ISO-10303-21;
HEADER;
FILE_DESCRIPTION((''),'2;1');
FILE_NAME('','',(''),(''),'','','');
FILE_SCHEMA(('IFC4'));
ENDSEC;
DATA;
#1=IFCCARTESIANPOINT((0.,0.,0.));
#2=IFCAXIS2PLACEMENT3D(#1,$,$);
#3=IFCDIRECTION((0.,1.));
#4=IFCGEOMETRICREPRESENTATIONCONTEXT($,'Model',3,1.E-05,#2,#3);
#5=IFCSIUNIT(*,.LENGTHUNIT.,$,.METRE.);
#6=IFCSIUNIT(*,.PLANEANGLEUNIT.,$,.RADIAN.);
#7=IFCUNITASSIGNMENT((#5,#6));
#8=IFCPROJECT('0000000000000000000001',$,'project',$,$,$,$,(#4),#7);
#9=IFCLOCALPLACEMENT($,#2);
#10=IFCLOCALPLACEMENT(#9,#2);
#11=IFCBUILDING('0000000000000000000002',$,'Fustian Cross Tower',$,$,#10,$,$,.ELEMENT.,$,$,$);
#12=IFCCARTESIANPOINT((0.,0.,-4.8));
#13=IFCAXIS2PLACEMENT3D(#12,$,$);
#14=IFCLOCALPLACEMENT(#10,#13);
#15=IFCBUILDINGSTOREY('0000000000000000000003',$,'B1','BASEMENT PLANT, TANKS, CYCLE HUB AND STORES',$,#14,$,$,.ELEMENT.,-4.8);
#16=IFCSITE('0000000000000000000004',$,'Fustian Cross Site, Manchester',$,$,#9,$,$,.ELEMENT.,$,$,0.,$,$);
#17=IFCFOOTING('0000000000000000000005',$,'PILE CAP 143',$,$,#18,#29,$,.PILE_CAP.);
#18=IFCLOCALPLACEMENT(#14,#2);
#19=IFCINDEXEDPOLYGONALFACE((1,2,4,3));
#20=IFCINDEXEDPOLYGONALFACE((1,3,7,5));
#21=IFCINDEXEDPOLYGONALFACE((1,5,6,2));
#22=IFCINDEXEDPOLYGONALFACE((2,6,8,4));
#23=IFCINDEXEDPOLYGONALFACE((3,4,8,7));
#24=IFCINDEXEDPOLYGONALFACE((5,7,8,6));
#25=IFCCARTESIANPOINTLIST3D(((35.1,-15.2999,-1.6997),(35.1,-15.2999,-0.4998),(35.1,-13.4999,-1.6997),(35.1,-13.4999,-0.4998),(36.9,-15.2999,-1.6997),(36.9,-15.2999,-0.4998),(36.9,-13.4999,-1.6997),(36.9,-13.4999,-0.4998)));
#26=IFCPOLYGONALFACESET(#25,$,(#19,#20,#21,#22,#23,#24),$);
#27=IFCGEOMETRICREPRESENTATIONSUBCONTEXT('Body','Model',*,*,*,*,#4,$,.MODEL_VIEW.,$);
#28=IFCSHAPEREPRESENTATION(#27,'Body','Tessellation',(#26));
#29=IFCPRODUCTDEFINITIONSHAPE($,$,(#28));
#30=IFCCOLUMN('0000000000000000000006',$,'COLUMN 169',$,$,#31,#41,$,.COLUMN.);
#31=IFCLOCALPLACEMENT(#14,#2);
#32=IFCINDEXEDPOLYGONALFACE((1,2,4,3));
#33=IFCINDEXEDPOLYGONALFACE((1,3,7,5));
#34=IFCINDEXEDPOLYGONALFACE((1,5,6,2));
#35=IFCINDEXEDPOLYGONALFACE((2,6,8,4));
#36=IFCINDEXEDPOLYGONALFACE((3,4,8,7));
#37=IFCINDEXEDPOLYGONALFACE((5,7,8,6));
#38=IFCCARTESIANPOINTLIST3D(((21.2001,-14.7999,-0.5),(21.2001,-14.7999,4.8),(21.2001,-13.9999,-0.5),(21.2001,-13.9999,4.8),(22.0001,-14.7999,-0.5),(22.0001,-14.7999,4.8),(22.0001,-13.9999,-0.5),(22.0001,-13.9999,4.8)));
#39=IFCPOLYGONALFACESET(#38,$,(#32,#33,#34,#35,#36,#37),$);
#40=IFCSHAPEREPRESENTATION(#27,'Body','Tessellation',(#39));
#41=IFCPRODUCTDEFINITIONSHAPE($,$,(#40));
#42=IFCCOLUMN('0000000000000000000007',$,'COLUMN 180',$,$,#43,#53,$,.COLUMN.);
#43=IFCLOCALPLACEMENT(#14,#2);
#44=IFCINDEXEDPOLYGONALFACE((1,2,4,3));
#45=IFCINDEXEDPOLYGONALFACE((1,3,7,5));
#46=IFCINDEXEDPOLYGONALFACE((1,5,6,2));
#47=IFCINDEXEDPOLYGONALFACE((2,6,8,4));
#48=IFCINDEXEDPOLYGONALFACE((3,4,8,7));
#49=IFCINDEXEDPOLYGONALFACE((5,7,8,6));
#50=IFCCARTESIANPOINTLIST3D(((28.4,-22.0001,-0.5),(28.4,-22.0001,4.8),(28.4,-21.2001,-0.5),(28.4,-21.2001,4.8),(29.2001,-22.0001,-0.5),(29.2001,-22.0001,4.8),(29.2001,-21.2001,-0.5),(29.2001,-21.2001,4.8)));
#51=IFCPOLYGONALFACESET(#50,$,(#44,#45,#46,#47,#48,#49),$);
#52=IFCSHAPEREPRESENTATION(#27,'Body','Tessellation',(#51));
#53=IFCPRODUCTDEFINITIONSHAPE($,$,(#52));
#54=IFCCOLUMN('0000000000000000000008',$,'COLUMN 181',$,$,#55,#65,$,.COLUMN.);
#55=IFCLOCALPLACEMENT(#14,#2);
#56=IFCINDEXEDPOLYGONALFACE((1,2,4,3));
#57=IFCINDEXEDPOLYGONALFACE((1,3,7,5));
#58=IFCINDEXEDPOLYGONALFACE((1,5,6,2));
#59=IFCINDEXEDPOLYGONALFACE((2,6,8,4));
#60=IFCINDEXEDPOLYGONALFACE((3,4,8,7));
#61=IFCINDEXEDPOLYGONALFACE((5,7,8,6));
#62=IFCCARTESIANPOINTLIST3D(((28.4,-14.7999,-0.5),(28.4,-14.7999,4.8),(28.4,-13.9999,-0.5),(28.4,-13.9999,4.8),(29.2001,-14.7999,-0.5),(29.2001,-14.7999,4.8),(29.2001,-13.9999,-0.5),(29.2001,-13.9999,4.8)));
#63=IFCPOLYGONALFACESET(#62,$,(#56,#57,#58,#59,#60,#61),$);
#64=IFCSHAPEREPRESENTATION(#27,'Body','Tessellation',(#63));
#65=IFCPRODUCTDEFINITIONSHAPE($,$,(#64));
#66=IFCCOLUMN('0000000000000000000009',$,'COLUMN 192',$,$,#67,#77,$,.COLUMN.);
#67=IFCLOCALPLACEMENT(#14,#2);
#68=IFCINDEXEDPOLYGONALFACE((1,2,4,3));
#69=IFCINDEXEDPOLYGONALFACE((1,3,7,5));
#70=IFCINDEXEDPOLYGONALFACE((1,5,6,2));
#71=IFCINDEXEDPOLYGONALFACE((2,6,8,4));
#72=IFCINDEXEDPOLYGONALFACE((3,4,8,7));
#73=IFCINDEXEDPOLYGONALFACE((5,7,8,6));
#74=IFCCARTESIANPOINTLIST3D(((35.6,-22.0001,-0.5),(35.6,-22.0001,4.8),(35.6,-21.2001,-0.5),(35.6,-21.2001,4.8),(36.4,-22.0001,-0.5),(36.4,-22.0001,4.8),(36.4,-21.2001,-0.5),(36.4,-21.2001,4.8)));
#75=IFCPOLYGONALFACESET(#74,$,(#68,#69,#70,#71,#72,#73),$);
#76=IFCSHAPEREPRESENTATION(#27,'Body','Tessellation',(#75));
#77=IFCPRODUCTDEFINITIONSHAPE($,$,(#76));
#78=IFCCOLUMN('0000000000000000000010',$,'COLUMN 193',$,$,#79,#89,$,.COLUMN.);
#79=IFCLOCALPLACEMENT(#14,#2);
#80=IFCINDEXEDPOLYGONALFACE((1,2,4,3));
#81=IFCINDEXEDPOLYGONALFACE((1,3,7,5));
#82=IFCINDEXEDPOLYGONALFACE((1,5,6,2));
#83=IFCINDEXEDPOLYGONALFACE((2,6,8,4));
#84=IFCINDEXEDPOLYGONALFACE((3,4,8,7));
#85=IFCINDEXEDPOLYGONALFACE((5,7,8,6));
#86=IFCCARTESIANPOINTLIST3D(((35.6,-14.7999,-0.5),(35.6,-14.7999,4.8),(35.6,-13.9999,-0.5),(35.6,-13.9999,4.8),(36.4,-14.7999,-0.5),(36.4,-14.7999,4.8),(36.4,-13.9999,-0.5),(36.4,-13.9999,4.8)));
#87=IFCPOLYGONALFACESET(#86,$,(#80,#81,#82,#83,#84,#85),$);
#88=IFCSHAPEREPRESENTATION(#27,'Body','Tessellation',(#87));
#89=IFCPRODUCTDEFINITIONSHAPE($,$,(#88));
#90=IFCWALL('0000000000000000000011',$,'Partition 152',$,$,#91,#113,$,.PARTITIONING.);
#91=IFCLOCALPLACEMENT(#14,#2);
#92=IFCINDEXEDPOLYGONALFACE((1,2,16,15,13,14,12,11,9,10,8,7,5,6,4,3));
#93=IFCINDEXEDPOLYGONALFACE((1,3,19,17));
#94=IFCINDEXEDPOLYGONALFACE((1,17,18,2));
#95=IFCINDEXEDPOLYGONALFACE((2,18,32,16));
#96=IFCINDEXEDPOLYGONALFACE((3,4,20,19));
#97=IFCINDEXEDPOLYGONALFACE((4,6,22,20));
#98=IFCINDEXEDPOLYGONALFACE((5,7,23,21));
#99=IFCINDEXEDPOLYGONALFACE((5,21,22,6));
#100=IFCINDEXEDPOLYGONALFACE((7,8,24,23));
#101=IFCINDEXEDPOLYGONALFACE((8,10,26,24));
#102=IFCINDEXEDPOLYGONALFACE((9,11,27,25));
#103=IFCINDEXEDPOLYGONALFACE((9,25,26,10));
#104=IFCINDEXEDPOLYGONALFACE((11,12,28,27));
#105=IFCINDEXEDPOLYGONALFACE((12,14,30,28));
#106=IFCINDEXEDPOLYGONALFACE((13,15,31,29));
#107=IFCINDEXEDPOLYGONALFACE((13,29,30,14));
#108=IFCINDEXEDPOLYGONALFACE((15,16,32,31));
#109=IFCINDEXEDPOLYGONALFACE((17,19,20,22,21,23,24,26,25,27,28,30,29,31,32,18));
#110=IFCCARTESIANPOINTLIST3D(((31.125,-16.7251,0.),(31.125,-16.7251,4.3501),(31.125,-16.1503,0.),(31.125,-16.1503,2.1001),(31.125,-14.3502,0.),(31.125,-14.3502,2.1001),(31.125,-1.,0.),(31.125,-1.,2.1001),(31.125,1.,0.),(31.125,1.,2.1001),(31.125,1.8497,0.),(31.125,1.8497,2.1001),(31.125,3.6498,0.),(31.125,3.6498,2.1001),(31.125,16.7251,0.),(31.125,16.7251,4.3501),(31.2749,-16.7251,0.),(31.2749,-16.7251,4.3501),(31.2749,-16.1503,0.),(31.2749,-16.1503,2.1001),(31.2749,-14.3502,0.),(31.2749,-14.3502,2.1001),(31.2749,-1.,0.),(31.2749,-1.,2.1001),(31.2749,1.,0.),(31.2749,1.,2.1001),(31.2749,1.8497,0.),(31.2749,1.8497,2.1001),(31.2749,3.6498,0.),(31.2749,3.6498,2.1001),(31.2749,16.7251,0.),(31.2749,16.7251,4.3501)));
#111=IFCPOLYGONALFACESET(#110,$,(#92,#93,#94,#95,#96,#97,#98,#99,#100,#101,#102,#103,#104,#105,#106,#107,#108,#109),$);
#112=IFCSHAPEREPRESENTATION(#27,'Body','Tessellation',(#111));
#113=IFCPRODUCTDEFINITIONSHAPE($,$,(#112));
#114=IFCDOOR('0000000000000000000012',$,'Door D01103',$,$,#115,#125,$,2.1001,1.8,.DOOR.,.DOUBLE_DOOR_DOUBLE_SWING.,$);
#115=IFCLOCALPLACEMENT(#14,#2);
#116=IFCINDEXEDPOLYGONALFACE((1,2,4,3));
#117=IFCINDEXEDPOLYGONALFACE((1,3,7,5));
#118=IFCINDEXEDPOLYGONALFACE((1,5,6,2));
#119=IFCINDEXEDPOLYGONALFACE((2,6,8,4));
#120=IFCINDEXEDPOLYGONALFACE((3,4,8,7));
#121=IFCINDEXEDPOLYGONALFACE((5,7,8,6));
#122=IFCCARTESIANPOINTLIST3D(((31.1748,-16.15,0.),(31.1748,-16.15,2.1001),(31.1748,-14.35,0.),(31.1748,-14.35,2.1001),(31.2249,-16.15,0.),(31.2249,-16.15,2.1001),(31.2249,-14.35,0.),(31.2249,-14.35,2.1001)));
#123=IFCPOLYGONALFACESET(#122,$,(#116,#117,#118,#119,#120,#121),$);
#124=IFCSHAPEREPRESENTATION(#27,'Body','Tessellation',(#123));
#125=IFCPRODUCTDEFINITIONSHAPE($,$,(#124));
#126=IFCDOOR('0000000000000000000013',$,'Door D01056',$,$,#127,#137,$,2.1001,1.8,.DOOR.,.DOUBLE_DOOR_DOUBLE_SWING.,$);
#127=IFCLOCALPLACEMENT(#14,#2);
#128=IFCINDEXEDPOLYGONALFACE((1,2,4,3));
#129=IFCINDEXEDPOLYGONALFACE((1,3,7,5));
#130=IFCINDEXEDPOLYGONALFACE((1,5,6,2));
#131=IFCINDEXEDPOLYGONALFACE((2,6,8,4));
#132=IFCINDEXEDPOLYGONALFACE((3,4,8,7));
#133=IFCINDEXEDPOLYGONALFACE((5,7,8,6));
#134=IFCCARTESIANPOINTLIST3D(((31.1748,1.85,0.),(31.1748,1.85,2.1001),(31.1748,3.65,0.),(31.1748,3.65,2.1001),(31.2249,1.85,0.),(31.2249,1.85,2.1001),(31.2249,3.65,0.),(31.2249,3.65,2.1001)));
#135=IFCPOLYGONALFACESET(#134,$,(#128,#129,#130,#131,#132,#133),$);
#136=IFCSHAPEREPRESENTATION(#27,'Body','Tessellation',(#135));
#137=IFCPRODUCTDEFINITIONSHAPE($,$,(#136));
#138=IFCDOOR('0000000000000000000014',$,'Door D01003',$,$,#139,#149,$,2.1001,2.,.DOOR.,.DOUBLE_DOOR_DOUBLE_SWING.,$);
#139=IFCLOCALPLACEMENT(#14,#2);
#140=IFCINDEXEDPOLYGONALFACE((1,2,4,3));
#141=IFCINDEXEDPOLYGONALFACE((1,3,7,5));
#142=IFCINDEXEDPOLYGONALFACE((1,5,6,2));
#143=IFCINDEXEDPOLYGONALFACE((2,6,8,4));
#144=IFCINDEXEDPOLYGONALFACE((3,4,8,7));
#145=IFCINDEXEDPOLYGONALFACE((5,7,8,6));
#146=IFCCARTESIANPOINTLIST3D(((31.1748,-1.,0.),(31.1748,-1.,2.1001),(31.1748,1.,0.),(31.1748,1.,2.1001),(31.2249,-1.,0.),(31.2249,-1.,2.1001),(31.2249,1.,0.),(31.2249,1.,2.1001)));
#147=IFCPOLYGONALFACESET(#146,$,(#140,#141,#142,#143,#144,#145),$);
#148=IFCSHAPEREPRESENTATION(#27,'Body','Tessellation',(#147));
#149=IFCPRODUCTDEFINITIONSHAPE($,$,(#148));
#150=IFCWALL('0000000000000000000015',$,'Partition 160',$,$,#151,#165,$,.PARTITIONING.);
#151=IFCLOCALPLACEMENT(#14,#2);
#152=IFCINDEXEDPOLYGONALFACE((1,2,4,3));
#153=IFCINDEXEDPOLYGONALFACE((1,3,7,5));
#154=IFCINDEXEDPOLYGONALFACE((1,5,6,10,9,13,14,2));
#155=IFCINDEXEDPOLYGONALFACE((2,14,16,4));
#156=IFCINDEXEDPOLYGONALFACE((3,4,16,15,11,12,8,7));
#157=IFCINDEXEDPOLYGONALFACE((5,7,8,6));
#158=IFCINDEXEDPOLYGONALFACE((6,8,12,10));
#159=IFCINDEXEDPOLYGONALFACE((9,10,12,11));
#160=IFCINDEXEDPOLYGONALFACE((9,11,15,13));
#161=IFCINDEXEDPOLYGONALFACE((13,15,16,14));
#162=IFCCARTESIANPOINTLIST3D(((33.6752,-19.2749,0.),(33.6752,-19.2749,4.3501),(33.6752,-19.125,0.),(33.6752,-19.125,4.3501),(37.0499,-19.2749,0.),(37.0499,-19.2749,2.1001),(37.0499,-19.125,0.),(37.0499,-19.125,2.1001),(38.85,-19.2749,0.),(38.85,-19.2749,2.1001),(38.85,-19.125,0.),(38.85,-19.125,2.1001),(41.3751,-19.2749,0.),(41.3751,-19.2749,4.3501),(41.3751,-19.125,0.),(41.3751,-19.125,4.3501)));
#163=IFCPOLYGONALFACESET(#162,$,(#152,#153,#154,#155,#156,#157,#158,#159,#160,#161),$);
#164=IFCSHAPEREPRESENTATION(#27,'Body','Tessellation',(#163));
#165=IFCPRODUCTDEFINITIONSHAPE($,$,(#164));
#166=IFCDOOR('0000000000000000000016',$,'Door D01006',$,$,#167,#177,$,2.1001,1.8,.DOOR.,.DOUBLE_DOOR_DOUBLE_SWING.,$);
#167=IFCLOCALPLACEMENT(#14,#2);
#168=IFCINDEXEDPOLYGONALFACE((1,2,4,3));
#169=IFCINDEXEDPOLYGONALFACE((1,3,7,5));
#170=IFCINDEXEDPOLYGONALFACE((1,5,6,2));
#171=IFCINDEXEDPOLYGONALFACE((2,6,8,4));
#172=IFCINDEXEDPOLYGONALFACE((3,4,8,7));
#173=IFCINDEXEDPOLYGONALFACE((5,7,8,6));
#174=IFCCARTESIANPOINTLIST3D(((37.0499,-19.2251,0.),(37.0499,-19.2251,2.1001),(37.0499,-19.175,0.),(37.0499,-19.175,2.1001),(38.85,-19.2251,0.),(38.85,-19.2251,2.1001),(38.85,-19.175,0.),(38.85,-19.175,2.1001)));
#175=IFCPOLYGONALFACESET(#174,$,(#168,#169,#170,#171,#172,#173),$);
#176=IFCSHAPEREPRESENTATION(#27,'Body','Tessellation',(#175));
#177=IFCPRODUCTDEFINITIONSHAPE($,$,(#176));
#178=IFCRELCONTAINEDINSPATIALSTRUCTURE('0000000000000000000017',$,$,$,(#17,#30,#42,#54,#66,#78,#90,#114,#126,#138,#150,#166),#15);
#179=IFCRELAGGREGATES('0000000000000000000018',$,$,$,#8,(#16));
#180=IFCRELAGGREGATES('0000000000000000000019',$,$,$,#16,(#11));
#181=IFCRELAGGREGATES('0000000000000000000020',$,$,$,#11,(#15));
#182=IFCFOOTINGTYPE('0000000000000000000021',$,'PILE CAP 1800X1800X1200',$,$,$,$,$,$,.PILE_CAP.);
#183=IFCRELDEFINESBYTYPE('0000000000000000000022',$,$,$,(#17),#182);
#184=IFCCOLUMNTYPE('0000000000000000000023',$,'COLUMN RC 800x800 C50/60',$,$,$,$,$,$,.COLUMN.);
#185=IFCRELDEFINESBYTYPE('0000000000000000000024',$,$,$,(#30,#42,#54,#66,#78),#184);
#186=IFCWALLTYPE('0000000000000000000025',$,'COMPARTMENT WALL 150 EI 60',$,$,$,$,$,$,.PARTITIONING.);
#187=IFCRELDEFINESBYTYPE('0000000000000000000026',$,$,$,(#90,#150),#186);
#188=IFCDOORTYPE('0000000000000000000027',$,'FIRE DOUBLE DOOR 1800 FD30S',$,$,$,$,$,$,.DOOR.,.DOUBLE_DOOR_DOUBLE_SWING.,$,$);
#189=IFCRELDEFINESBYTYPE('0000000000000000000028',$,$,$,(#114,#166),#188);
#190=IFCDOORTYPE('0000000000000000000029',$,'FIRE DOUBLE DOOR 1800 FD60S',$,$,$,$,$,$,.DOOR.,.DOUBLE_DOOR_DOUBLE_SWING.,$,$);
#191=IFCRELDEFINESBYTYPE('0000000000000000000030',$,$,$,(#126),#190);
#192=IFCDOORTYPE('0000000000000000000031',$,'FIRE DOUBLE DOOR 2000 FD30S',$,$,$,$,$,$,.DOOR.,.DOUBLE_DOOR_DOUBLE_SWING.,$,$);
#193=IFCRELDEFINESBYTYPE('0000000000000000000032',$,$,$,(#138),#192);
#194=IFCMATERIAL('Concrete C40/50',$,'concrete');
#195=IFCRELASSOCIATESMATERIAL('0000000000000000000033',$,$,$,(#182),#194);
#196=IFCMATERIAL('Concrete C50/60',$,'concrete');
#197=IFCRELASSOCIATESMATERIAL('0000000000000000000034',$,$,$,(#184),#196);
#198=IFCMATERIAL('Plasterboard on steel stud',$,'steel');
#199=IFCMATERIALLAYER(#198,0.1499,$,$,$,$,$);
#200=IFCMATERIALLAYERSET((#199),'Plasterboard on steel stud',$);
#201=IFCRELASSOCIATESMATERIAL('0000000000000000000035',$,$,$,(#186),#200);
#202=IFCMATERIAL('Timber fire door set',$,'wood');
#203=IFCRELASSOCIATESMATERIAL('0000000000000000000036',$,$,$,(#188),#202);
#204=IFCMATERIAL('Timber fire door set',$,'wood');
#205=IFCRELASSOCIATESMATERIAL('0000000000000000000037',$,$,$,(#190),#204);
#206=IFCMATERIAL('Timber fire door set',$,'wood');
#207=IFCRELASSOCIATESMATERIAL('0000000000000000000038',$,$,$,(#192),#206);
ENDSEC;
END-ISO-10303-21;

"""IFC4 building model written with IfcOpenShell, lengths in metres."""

from ifc_helpers import new_model, si_unit, direction, frame, frame_2d, origin, origin_2d, place, context, subcontext, project, spatial, rectangle, extrude, material, layer, layer_set, material_profile, profile_set, type_object, element, fill, save


model = new_model("IFC4")

# Units and contexts
model_context = context("Model", 3, precision=1e-05, world=origin(), true_north=direction((0.0, 1.0)))
body_context = subcontext(model_context, "Body", "Model", "MODEL_VIEW")
ifc_project = project(units=[si_unit("LENGTHUNIT", "METRE"), si_unit("PLANEANGLEUNIT", "RADIAN")], contexts=[model_context])

# Site, building, storey
site_placement = place(None, origin())
site = spatial("IfcSite", under=ifc_project, at=site_placement, Name="Fustian Cross Site, Manchester", CompositionType="ELEMENT", RefElevation=0.0)
building_placement = place(site_placement, origin())
building = spatial("IfcBuilding", under=site, at=building_placement, Name="Fustian Cross Tower", CompositionType="ELEMENT")
storey_placement = place(building_placement, frame((0.0, 0.0, -4.8)))
storey = spatial("IfcBuildingStorey", under=building, at=storey_placement, Name="B1", Description="BASEMENT PLANT, TANKS, CYCLE HUB AND STORES", CompositionType="ELEMENT", Elevation=-4.8)

# Footing
ifc_material_1 = material(Name="Concrete C40/50", Category="concrete")
footing_type = type_object("IfcFootingType", Name="PILE CAP 1800X1800X1200", PredefinedType="PILE_CAP", material=ifc_material_1)
for number, where, z_axis, x_axis, name in (
    (1, (36.0, -14.3999, -1.6997), (0.0, 0.0, 1.0), (1.0, 0.0, 0.0), "PILE CAP 143"),
):
    element("IfcFooting", number, at=place(storey_placement, frame(where, z_axis=z_axis, x_axis=x_axis)), inside=storey, type_object=footing_type, Name=name, PredefinedType="PILE_CAP", context=body_context, shape_type="SweptSolid", body=[
        extrude(rectangle(XDim=1.8, YDim=1.8, at=origin_2d()), origin(), (0.0, 0.0, 1.0), 1.2),
    ])

# Columns
ifc_material_2 = material(Name="Concrete C50/60", Category="concrete")
ifc_material_profile_1 = material_profile(ifc_material_2, rectangle(XDim=0.8, YDim=0.8, at=origin_2d()), Name="RC 800x800")
ifc_profile_set_1 = profile_set([ifc_material_profile_1], Name="Concrete C50/60")
column_type = type_object("IfcColumnType", Name="COLUMN RC 800x800 C50/60", PredefinedType="COLUMN", material=ifc_profile_set_1)
for number, where, z_axis, x_axis, name in (
    (2, (21.6001, -14.3999, -0.5), (0.0, 0.0, 1.0), (1.0, 0.0, 0.0), "COLUMN 169"),
    (3, (28.8, -21.6001, -0.5), (0.0, 0.0, 1.0), (1.0, 0.0, 0.0), "COLUMN 180"),
    (4, (28.8, -14.3999, -0.5), (0.0, 0.0, 1.0), (1.0, 0.0, 0.0), "COLUMN 181"),
    (5, (36.0, -21.6001, -0.5), (0.0, 0.0, 1.0), (1.0, 0.0, 0.0), "COLUMN 192"),
    (6, (36.0, -14.3999, -0.5), (0.0, 0.0, 1.0), (1.0, 0.0, 0.0), "COLUMN 193"),
):
    element("IfcColumn", number, at=place(storey_placement, frame(where, z_axis=z_axis, x_axis=x_axis)), inside=storey, type_object=column_type, Name=name, PredefinedType="COLUMN", context=body_context, shape_type="SweptSolid", body=[
        extrude(rectangle(XDim=0.8, YDim=0.8, at=origin_2d()), origin(), (0.0, 0.0, 1.0), 5.3),
    ])

# Wall, openings, doors
ifc_material_3 = material(Name="Plasterboard on steel stud", Category="steel")
ifc_layer = layer(ifc_material_3, 0.1499)
ifc_layer_set = layer_set([ifc_layer], Name="Plasterboard on steel stud")
wall_type = type_object("IfcWallType", Name="COMPARTMENT WALL 150 EI 60", PredefinedType="PARTITIONING", material=ifc_layer_set)
wall_1_placement = place(storey_placement, frame((31.2, -16.7251, 0.0), z_axis=(0.0, 0.0, 1.0), x_axis=(0.0, 1.0, 0.0)))
wall_1 = element("IfcWall", 7, at=wall_1_placement, inside=storey, type_object=wall_type, Name="Partition 152", PredefinedType="PARTITIONING", context=body_context, shape_type="SweptSolid", body=[
    extrude(rectangle(XDim=33.4502, YDim=0.1499, at=frame_2d((16.7251, 0.0))), origin(), (0.0, 0.0, 1.0), 4.3501),
])
opening_1_placement = place(wall_1_placement, frame((15.7251, 0.0, 0.0)))
opening_1 = element("IfcOpeningElement", 8, at=opening_1_placement, cuts=wall_1, PredefinedType="OPENING", context=body_context, shape_type="SweptSolid", body=[
    extrude(rectangle(XDim=2.0, YDim=2.1001, at=frame_2d((1.0, 1.05))), frame((0.0, 0.085, 0.0), z_axis=(0.0, -1.0, 0.0), x_axis=(1.0, 0.0, 0.0)), (0.0, 0.0, 1.0), 0.1699),
])
opening_2_placement = place(wall_1_placement, frame((18.575, 0.0, 0.0)))
opening_2 = element("IfcOpeningElement", 9, at=opening_2_placement, cuts=wall_1, PredefinedType="OPENING", context=body_context, shape_type="SweptSolid", body=[
    extrude(rectangle(XDim=1.8, YDim=2.1001, at=frame_2d((0.8999, 1.05))), frame((0.0, 0.085, 0.0), z_axis=(0.0, -1.0, 0.0), x_axis=(1.0, 0.0, 0.0)), (0.0, 0.0, 1.0), 0.1699),
])
opening_3_placement = place(wall_1_placement, frame((0.575, 0.0, 0.0)))
opening_3 = element("IfcOpeningElement", 10, at=opening_3_placement, cuts=wall_1, PredefinedType="OPENING", context=body_context, shape_type="SweptSolid", body=[
    extrude(rectangle(XDim=1.8, YDim=2.1001, at=frame_2d((0.8999, 1.05))), frame((0.0, 0.085, 0.0), z_axis=(0.0, -1.0, 0.0), x_axis=(1.0, 0.0, 0.0)), (0.0, 0.0, 1.0), 0.1699),
])
ifc_material_4 = material(Name="Timber fire door set", Category="wood")
door_type_1 = type_object("IfcDoorType", Name="FIRE DOUBLE DOOR 1800 FD30S", OperationType="DOUBLE_DOOR_DOUBLE_SWING", PredefinedType="DOOR", material=ifc_material_4)
door_1_placement = place(opening_3_placement, frame((1.8, 0.0, 0.0), z_axis=(0.0, 0.0, 1.0), x_axis=(-1.0, 0.0, 0.0)))
door_1 = element("IfcDoor", 11, at=door_1_placement, inside=storey, type_object=door_type_1, Name="Door D01103", OperationType="DOUBLE_DOOR_DOUBLE_SWING", OverallHeight=2.1001, OverallWidth=1.8, PredefinedType="DOOR", context=body_context, shape_type="SweptSolid", body=[
    extrude(rectangle(XDim=1.8, YDim=2.1001, at=frame_2d((0.8999, 1.05))), frame((0.0, 0.0249, 0.0), z_axis=(0.0, -1.0, 0.0), x_axis=(1.0, 0.0, 0.0)), (0.0, 0.0, 1.0), 0.05),
])
fill(opening_3, door_1)
ifc_material_5 = material(Name="Timber fire door set", Category="wood")
door_type_2 = type_object("IfcDoorType", Name="FIRE DOUBLE DOOR 1800 FD60S", OperationType="DOUBLE_DOOR_DOUBLE_SWING", PredefinedType="DOOR", material=ifc_material_5)
door_2_placement = place(opening_2_placement, frame((1.8, 0.0, 0.0), z_axis=(0.0, 0.0, 1.0), x_axis=(-1.0, 0.0, 0.0)))
door_2 = element("IfcDoor", 12, at=door_2_placement, inside=storey, type_object=door_type_2, Name="Door D01056", OperationType="DOUBLE_DOOR_DOUBLE_SWING", OverallHeight=2.1001, OverallWidth=1.8, PredefinedType="DOOR", context=body_context, shape_type="SweptSolid", body=[
    extrude(rectangle(XDim=1.8, YDim=2.1001, at=frame_2d((0.8999, 1.05))), frame((0.0, 0.0249, 0.0), z_axis=(0.0, -1.0, 0.0), x_axis=(1.0, 0.0, 0.0)), (0.0, 0.0, 1.0), 0.05),
])
fill(opening_2, door_2)
ifc_material_6 = material(Name="Timber fire door set", Category="wood")
door_type_3 = type_object("IfcDoorType", Name="FIRE DOUBLE DOOR 2000 FD30S", OperationType="DOUBLE_DOOR_DOUBLE_SWING", PredefinedType="DOOR", material=ifc_material_6)
door_3_placement = place(opening_1_placement, frame((2.0, 0.0, 0.0), z_axis=(0.0, 0.0, 1.0), x_axis=(-1.0, 0.0, 0.0)))
door_3 = element("IfcDoor", 13, at=door_3_placement, inside=storey, type_object=door_type_3, Name="Door D01003", OperationType="DOUBLE_DOOR_DOUBLE_SWING", OverallHeight=2.1001, OverallWidth=2.0, PredefinedType="DOOR", context=body_context, shape_type="SweptSolid", body=[
    extrude(rectangle(XDim=2.0, YDim=2.1001, at=frame_2d((1.0, 1.05))), frame((0.0, 0.0249, 0.0), z_axis=(0.0, -1.0, 0.0), x_axis=(1.0, 0.0, 0.0)), (0.0, 0.0, 1.0), 0.05),
])
fill(opening_1, door_3)

# Wall, opening, door
wall_2_placement = place(storey_placement, frame((33.675, -19.2, 0.0), z_axis=(0.0, 0.0, 1.0), x_axis=(1.0, 0.0, 0.0)))
wall_2 = element("IfcWall", 14, at=wall_2_placement, inside=storey, type_object=wall_type, Name="Partition 160", PredefinedType="PARTITIONING", context=body_context, shape_type="SweptSolid", body=[
    extrude(rectangle(XDim=7.7, YDim=0.1499, at=frame_2d((3.8501, 0.0))), origin(), (0.0, 0.0, 1.0), 4.3501),
])
opening_4_placement = place(wall_2_placement, frame((3.375, 0.0, 0.0)))
opening_4 = element("IfcOpeningElement", 15, at=opening_4_placement, cuts=wall_2, PredefinedType="OPENING", context=body_context, shape_type="SweptSolid", body=[
    extrude(rectangle(XDim=1.8, YDim=2.1001, at=frame_2d((0.8999, 1.05))), frame((0.0, 0.085, 0.0), z_axis=(0.0, -1.0, 0.0), x_axis=(1.0, 0.0, 0.0)), (0.0, 0.0, 1.0), 0.1699),
])
door_4_placement = place(opening_4_placement, origin())
door_4 = element("IfcDoor", 16, at=door_4_placement, inside=storey, type_object=door_type_1, Name="Door D01006", OperationType="DOUBLE_DOOR_DOUBLE_SWING", OverallHeight=2.1001, OverallWidth=1.8, PredefinedType="DOOR", context=body_context, shape_type="SweptSolid", body=[
    extrude(rectangle(XDim=1.8, YDim=2.1001, at=frame_2d((0.8999, 1.05))), frame((0.0, 0.0249, 0.0), z_axis=(0.0, -1.0, 0.0), x_axis=(1.0, 0.0, 0.0)), (0.0, 0.0, 1.0), 0.05),
])
fill(opening_4, door_4)

save(model, "model.ifc")
